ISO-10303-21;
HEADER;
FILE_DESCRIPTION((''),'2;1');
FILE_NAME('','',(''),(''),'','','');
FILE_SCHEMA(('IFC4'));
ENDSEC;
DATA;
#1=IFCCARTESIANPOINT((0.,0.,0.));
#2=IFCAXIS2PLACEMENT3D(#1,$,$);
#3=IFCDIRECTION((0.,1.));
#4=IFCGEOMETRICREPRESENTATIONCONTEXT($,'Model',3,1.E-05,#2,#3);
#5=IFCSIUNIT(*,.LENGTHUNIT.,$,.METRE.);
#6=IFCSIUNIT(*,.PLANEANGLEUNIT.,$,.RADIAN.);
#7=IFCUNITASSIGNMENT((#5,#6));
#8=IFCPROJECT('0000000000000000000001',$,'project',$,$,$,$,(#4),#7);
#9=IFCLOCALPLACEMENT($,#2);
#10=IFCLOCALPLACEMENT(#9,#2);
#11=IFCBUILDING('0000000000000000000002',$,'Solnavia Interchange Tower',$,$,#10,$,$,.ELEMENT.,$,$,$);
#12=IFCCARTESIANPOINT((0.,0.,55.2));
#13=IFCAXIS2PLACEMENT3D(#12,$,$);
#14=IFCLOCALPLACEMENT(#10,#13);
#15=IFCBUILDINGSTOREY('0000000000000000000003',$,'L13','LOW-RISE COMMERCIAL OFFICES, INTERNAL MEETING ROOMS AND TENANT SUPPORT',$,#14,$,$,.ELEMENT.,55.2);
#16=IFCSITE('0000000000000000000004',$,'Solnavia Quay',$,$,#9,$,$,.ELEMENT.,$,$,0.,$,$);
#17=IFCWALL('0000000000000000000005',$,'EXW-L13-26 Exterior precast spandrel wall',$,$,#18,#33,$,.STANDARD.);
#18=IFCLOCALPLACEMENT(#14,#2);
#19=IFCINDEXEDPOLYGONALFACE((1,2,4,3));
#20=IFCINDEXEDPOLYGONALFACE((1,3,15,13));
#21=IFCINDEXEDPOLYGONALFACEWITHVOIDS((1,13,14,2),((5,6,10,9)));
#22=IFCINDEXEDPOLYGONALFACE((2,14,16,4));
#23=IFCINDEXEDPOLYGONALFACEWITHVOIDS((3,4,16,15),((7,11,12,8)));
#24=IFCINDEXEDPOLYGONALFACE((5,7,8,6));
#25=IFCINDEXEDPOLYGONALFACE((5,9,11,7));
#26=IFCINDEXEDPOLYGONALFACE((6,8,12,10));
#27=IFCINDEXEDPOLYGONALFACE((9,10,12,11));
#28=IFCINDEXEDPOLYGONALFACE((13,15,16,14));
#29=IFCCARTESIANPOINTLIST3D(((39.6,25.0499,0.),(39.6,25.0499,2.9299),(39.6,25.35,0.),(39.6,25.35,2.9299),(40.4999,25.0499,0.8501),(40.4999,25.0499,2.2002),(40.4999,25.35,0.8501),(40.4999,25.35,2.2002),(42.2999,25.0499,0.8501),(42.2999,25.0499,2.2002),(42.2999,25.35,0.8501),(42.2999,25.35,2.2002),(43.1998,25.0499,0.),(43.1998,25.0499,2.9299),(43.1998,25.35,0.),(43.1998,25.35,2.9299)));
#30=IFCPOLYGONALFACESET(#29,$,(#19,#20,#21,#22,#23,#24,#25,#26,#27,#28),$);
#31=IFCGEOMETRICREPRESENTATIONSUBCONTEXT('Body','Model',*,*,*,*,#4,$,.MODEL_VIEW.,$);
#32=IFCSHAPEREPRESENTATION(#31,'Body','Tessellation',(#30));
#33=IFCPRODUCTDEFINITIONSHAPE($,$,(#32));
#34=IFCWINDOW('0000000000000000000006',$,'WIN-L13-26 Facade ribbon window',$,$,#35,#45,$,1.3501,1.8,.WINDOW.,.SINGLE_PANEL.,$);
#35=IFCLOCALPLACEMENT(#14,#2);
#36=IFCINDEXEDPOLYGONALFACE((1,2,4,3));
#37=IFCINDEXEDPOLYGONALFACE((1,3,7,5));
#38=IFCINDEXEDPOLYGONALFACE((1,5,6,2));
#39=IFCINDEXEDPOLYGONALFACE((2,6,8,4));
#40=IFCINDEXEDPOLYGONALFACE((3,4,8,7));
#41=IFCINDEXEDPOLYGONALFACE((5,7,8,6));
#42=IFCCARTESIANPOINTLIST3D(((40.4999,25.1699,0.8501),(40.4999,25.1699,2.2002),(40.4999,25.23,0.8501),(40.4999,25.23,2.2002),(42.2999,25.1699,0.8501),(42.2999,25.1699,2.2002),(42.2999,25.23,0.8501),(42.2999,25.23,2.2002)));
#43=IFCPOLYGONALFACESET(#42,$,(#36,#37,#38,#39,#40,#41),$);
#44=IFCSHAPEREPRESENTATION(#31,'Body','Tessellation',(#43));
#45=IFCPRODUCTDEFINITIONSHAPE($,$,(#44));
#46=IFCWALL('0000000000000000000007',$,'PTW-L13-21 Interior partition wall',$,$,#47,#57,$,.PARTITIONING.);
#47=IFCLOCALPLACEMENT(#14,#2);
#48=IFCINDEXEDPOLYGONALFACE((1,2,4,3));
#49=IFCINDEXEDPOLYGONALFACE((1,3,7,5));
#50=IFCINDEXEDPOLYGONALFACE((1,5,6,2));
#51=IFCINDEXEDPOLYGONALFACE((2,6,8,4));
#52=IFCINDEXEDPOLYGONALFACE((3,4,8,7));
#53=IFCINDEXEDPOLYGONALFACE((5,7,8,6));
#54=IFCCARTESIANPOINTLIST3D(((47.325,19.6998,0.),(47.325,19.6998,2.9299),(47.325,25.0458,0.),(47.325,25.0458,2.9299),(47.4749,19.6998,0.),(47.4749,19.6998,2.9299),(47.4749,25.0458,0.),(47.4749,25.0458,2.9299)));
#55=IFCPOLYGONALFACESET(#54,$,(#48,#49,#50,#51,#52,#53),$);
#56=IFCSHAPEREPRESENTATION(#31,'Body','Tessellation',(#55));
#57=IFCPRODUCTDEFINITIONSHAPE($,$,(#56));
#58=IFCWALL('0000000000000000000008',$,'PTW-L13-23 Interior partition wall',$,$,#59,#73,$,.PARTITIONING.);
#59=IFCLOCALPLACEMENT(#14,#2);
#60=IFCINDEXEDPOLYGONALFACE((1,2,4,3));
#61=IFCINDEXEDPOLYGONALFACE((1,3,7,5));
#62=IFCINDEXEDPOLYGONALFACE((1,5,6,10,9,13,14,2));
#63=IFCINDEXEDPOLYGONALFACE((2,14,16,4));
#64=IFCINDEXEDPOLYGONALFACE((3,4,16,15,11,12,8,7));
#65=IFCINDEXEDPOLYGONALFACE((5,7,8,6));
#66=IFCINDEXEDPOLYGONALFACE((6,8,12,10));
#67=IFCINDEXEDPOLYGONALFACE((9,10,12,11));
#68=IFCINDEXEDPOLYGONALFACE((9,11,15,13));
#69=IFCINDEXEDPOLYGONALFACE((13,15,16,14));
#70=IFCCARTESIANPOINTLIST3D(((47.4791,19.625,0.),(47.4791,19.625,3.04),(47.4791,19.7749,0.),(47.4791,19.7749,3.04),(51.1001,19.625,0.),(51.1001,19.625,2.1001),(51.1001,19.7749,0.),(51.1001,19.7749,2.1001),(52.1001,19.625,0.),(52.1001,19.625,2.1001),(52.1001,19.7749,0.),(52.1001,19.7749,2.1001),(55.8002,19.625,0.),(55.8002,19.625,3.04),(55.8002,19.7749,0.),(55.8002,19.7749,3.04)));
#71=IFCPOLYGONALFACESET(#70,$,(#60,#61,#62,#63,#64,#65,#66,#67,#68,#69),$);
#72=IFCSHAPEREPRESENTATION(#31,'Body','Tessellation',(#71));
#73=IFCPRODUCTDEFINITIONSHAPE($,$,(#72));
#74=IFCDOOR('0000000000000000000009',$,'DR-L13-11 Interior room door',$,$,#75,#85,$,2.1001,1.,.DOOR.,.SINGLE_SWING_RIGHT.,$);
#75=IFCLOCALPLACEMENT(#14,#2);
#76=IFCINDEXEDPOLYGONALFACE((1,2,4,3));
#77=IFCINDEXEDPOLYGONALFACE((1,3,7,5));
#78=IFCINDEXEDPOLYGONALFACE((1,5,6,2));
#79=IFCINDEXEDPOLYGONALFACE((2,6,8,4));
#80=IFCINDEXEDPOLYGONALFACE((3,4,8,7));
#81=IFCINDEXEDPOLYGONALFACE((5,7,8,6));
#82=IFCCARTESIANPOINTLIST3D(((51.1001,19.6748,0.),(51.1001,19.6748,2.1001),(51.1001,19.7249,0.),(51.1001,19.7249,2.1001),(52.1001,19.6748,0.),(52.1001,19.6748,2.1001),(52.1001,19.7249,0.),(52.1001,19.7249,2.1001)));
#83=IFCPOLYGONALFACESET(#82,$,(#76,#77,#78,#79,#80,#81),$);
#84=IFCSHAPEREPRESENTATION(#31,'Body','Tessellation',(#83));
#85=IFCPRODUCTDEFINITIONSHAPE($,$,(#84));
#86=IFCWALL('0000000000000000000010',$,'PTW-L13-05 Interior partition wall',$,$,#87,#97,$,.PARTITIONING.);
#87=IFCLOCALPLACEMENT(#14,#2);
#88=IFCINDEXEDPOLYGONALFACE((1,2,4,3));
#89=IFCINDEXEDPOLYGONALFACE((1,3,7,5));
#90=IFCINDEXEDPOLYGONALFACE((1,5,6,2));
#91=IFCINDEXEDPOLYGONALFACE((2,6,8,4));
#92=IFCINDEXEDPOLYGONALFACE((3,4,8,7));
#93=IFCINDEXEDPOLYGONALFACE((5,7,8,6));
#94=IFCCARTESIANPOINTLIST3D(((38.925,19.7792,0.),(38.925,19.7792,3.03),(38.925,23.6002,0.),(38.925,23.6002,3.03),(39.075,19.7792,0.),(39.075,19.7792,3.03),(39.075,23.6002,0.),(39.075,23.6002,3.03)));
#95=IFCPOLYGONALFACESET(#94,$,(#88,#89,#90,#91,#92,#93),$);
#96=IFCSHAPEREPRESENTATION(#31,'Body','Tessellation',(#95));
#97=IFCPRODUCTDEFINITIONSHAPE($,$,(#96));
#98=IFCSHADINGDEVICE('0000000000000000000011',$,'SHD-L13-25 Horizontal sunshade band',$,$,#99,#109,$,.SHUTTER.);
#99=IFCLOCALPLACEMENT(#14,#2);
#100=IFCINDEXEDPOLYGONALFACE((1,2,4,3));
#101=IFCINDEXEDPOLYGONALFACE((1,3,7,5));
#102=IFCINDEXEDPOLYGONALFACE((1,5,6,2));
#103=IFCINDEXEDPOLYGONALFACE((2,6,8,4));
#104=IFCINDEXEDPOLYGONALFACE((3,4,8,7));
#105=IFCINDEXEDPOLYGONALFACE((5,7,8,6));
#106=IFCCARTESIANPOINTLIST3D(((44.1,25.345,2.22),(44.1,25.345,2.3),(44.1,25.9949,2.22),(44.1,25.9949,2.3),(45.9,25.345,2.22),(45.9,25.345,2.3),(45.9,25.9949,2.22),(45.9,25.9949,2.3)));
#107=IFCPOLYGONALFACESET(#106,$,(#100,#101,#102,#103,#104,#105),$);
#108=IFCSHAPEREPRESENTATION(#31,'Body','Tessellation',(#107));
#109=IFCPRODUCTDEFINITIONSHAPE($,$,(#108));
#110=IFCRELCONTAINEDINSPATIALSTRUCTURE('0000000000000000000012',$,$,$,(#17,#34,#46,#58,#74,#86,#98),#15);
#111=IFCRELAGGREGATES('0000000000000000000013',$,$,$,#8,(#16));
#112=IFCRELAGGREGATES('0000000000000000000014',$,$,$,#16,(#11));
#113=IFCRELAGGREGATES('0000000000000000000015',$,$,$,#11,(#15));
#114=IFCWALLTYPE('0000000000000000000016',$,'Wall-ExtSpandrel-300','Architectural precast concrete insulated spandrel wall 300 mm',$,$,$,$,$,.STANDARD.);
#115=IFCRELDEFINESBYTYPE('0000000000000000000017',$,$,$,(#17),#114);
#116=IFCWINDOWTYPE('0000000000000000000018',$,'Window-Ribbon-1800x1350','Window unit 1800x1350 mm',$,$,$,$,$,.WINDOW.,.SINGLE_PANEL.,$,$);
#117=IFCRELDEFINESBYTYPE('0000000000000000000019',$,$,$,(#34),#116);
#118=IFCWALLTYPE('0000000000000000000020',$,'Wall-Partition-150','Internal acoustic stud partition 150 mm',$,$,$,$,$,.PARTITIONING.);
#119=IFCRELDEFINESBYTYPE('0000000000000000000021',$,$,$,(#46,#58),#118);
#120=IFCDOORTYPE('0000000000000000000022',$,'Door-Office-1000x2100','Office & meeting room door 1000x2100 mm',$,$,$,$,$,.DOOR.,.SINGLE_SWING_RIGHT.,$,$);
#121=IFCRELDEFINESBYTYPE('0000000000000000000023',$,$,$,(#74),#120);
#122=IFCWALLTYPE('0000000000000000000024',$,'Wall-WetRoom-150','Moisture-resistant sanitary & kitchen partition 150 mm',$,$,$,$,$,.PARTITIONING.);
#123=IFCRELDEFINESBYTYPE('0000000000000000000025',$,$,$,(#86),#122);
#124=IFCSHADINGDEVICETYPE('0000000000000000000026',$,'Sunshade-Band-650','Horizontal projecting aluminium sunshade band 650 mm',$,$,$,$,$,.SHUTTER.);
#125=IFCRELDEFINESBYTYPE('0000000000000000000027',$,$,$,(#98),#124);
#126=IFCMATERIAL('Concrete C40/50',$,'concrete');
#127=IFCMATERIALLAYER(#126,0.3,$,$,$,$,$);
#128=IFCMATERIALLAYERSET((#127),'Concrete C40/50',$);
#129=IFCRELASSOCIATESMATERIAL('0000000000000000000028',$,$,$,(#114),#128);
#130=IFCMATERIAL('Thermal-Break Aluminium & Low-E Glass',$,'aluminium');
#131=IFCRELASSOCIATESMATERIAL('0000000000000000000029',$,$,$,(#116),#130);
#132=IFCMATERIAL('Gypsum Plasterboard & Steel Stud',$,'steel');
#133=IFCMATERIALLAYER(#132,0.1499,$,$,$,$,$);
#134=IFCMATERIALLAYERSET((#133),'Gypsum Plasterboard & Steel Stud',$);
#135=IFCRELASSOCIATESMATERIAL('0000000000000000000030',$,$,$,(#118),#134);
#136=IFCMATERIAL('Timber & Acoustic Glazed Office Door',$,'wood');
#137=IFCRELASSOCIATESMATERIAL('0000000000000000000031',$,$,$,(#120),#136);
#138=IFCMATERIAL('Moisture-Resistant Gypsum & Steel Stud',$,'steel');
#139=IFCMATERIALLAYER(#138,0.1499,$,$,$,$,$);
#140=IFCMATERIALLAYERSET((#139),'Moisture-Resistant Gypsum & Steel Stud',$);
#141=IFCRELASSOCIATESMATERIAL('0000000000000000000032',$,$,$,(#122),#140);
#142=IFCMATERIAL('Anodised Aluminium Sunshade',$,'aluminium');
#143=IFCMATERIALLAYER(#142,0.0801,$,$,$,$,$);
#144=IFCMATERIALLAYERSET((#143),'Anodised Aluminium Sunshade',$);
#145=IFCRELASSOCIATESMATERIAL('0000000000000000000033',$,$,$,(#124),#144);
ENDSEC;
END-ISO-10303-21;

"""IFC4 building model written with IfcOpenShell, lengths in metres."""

from ifc_helpers import new_model, si_unit, direction, frame, frame_2d, origin, origin_2d, place, context, subcontext, project, spatial, rectangle, extrude, material, layer, layer_set, type_object, element, fill, save


model = new_model("IFC4")

# Units and contexts
model_context = context("Model", 3, precision=1e-05, world=origin(), true_north=direction((0.0, 1.0)))
body_context = subcontext(model_context, "Body", "Model", "MODEL_VIEW")
ifc_project = project(units=[si_unit("LENGTHUNIT", "METRE"), si_unit("PLANEANGLEUNIT", "RADIAN")], contexts=[model_context])

# Site, building, storey
site_placement = place(None, origin())
site = spatial("IfcSite", under=ifc_project, at=site_placement, Name="Solnavia Quay", CompositionType="ELEMENT", RefElevation=0.0)
building_placement = place(site_placement, origin())
building = spatial("IfcBuilding", under=site, at=building_placement, Name="Solnavia Interchange Tower", CompositionType="ELEMENT")
storey_placement = place(building_placement, frame((0.0, 0.0, 55.2)))
storey = spatial("IfcBuildingStorey", under=building, at=storey_placement, Name="L13", Description="LOW-RISE COMMERCIAL OFFICES, INTERNAL MEETING ROOMS AND TENANT SUPPORT", CompositionType="ELEMENT", Elevation=55.2)

# Shared definitions
ifc_material_1 = material(Name="Concrete C40/50", Category="concrete")
ifc_layer_1 = layer(ifc_material_1, 0.3)
ifc_layer_set_1 = layer_set([ifc_layer_1], Name="Concrete C40/50")
wall_type_1 = type_object("IfcWallType", Name="Wall-ExtSpandrel-300", Description="Architectural precast concrete insulated spandrel wall 300 mm", PredefinedType="STANDARD", material=ifc_layer_set_1)

# Wall, opening, window
ifc_material_2 = material(Name="Thermal-Break Aluminium & Low-E Glass", Category="aluminium")
window_type = type_object("IfcWindowType", Name="Window-Ribbon-1800x1350", Description="Window unit 1800x1350 mm", PartitioningType="SINGLE_PANEL", PredefinedType="WINDOW", material=ifc_material_2)
wall_1_placement = place(storey_placement, frame((39.6001, 25.2, 0.0), z_axis=(0.0, 0.0, 1.0), x_axis=(1.0, 0.0, 0.0)))
wall_1 = element("IfcWall", 1, at=wall_1_placement, inside=storey, type_object=wall_type_1, Name="EXW-L13-26 Exterior precast spandrel wall", PredefinedType="STANDARD", context=body_context, shape_type="SweptSolid", body=[
    extrude(rectangle(XDim=3.5999, YDim=0.3, at=frame_2d((1.7998, 0.0))), origin(), (0.0, 0.0, 1.0), 2.9299),
])
opening_1_placement = place(wall_1_placement, frame((0.8999, 0.0, 0.8501)))
opening_1 = element("IfcOpeningElement", 2, at=opening_1_placement, cuts=wall_1, PredefinedType="OPENING", context=body_context, shape_type="SweptSolid", body=[
    extrude(rectangle(XDim=1.8, YDim=1.3501, at=frame_2d((0.8999, 0.675))), frame((0.0, 0.1602, 0.0), z_axis=(0.0, -1.0, 0.0), x_axis=(1.0, 0.0, 0.0)), (0.0, 0.0, 1.0), 0.3201),
])
window_1_placement = place(opening_1_placement, origin())
window_1 = element("IfcWindow", 3, at=window_1_placement, inside=storey, type_object=window_type, Name="WIN-L13-26 Facade ribbon window", OverallHeight=1.3501, OverallWidth=1.8, PartitioningType="SINGLE_PANEL", PredefinedType="WINDOW", context=body_context, shape_type="SweptSolid", body=[
    extrude(rectangle(XDim=1.8, YDim=1.3501, at=frame_2d((0.8999, 0.675))), frame((0.0, 0.03, 0.0), z_axis=(0.0, -1.0, 0.0), x_axis=(1.0, 0.0, 0.0)), (0.0, 0.0, 1.0), 0.0601),
])
fill(opening_1, window_1)

# Wall
ifc_material_3 = material(Name="Gypsum Plasterboard & Steel Stud", Category="steel")
ifc_layer_2 = layer(ifc_material_3, 0.1499)
ifc_layer_set_2 = layer_set([ifc_layer_2], Name="Gypsum Plasterboard & Steel Stud")
wall_type_2 = type_object("IfcWallType", Name="Wall-Partition-150", Description="Internal acoustic stud partition 150 mm", PredefinedType="PARTITIONING", material=ifc_layer_set_2)
wall_2_placement = place(storey_placement, frame((47.3999, 19.7, 0.0), z_axis=(0.0, 0.0, 1.0), x_axis=(0.0, 1.0, 0.0)))
element("IfcWall", 4, at=wall_2_placement, inside=storey, type_object=wall_type_2, Name="PTW-L13-21 Interior partition wall", PredefinedType="PARTITIONING", context=body_context, shape_type="SweptSolid", body=[
    extrude(rectangle(XDim=5.3459, YDim=0.1499, at=frame_2d((2.6729, 0.0))), origin(), (0.0, 0.0, 1.0), 2.9299),
])

# Wall, opening, door
wall_3_placement = place(storey_placement, frame((47.479, 19.7, 0.0), z_axis=(0.0, 0.0, 1.0), x_axis=(1.0, 0.0, 0.0)))
wall_3 = element("IfcWall", 5, at=wall_3_placement, inside=storey, type_object=wall_type_2, Name="PTW-L13-23 Interior partition wall", PredefinedType="PARTITIONING", context=body_context, shape_type="SweptSolid", body=[
    extrude(rectangle(XDim=8.321, YDim=0.1499, at=frame_2d((4.1606, 0.0))), origin(), (0.0, 0.0, 1.0), 3.04),
])
opening_2_placement = place(wall_3_placement, frame((3.6211, 0.0, 0.0)))
opening_2 = element("IfcOpeningElement", 6, at=opening_2_placement, cuts=wall_3, PredefinedType="OPENING", context=body_context, shape_type="SweptSolid", body=[
    extrude(rectangle(XDim=1.0, YDim=2.1001, at=frame_2d((0.5, 1.05))), frame((0.0, 0.085, 0.0), z_axis=(0.0, -1.0, 0.0), x_axis=(1.0, 0.0, 0.0)), (0.0, 0.0, 1.0), 0.1699),
])
ifc_material_4 = material(Name="Timber & Acoustic Glazed Office Door", Category="wood")
door_type = type_object("IfcDoorType", Name="Door-Office-1000x2100", Description="Office & meeting room door 1000x2100 mm", OperationType="SINGLE_SWING_RIGHT", PredefinedType="DOOR", material=ifc_material_4)
door_placement = place(opening_2_placement, origin())
door = element("IfcDoor", 7, at=door_placement, inside=storey, type_object=door_type, Name="DR-L13-11 Interior room door", OperationType="SINGLE_SWING_RIGHT", OverallHeight=2.1001, OverallWidth=1.0, PredefinedType="DOOR", context=body_context, shape_type="SweptSolid", body=[
    extrude(rectangle(XDim=1.0, YDim=2.1001, at=frame_2d((0.5, 1.05))), frame((0.0, 0.0249, 0.0), z_axis=(0.0, -1.0, 0.0), x_axis=(1.0, 0.0, 0.0)), (0.0, 0.0, 1.0), 0.05),
])
fill(opening_2, door)

# Wall
ifc_material_5 = material(Name="Moisture-Resistant Gypsum & Steel Stud", Category="steel")
ifc_layer_3 = layer(ifc_material_5, 0.1499)
ifc_layer_set_3 = layer_set([ifc_layer_3], Name="Moisture-Resistant Gypsum & Steel Stud")
wall_type_3 = type_object("IfcWallType", Name="Wall-WetRoom-150", Description="Moisture-resistant sanitary & kitchen partition 150 mm", PredefinedType="PARTITIONING", material=ifc_layer_set_3)
wall_4_placement = place(storey_placement, frame((39.0, 19.7791, 0.0), z_axis=(0.0, 0.0, 1.0), x_axis=(0.0, 1.0, 0.0)))
element("IfcWall", 8, at=wall_4_placement, inside=storey, type_object=wall_type_3, Name="PTW-L13-05 Interior partition wall", PredefinedType="PARTITIONING", context=body_context, shape_type="SweptSolid", body=[
    extrude(rectangle(XDim=3.821, YDim=0.1499, at=frame_2d((1.9106, 0.0))), origin(), (0.0, 0.0, 1.0), 3.03),
])

# Shading device
ifc_material_6 = material(Name="Anodised Aluminium Sunshade", Category="aluminium")
ifc_layer_4 = layer(ifc_material_6, 0.0801)
ifc_layer_set_4 = layer_set([ifc_layer_4], Name="Anodised Aluminium Sunshade")
shading_device_type = type_object("IfcShadingDeviceType", Name="Sunshade-Band-650", Description="Horizontal projecting aluminium sunshade band 650 mm", PredefinedType="SHUTTER", material=ifc_layer_set_4)
shading_device_placement = place(storey_placement, frame((45.0, 25.6699, 2.22), z_axis=(0.0, 0.0, 1.0), x_axis=(1.0, 0.0, 0.0)))
element("IfcShadingDevice", 9, at=shading_device_placement, inside=storey, type_object=shading_device_type, Name="SHD-L13-25 Horizontal sunshade band", PredefinedType="SHUTTER", context=body_context, shape_type="SweptSolid", body=[
    extrude(rectangle(XDim=1.8, YDim=0.6499, at=origin_2d()), origin(), (0.0, 0.0, 1.0), 0.0801),
])

save(model, "model.ifc")
